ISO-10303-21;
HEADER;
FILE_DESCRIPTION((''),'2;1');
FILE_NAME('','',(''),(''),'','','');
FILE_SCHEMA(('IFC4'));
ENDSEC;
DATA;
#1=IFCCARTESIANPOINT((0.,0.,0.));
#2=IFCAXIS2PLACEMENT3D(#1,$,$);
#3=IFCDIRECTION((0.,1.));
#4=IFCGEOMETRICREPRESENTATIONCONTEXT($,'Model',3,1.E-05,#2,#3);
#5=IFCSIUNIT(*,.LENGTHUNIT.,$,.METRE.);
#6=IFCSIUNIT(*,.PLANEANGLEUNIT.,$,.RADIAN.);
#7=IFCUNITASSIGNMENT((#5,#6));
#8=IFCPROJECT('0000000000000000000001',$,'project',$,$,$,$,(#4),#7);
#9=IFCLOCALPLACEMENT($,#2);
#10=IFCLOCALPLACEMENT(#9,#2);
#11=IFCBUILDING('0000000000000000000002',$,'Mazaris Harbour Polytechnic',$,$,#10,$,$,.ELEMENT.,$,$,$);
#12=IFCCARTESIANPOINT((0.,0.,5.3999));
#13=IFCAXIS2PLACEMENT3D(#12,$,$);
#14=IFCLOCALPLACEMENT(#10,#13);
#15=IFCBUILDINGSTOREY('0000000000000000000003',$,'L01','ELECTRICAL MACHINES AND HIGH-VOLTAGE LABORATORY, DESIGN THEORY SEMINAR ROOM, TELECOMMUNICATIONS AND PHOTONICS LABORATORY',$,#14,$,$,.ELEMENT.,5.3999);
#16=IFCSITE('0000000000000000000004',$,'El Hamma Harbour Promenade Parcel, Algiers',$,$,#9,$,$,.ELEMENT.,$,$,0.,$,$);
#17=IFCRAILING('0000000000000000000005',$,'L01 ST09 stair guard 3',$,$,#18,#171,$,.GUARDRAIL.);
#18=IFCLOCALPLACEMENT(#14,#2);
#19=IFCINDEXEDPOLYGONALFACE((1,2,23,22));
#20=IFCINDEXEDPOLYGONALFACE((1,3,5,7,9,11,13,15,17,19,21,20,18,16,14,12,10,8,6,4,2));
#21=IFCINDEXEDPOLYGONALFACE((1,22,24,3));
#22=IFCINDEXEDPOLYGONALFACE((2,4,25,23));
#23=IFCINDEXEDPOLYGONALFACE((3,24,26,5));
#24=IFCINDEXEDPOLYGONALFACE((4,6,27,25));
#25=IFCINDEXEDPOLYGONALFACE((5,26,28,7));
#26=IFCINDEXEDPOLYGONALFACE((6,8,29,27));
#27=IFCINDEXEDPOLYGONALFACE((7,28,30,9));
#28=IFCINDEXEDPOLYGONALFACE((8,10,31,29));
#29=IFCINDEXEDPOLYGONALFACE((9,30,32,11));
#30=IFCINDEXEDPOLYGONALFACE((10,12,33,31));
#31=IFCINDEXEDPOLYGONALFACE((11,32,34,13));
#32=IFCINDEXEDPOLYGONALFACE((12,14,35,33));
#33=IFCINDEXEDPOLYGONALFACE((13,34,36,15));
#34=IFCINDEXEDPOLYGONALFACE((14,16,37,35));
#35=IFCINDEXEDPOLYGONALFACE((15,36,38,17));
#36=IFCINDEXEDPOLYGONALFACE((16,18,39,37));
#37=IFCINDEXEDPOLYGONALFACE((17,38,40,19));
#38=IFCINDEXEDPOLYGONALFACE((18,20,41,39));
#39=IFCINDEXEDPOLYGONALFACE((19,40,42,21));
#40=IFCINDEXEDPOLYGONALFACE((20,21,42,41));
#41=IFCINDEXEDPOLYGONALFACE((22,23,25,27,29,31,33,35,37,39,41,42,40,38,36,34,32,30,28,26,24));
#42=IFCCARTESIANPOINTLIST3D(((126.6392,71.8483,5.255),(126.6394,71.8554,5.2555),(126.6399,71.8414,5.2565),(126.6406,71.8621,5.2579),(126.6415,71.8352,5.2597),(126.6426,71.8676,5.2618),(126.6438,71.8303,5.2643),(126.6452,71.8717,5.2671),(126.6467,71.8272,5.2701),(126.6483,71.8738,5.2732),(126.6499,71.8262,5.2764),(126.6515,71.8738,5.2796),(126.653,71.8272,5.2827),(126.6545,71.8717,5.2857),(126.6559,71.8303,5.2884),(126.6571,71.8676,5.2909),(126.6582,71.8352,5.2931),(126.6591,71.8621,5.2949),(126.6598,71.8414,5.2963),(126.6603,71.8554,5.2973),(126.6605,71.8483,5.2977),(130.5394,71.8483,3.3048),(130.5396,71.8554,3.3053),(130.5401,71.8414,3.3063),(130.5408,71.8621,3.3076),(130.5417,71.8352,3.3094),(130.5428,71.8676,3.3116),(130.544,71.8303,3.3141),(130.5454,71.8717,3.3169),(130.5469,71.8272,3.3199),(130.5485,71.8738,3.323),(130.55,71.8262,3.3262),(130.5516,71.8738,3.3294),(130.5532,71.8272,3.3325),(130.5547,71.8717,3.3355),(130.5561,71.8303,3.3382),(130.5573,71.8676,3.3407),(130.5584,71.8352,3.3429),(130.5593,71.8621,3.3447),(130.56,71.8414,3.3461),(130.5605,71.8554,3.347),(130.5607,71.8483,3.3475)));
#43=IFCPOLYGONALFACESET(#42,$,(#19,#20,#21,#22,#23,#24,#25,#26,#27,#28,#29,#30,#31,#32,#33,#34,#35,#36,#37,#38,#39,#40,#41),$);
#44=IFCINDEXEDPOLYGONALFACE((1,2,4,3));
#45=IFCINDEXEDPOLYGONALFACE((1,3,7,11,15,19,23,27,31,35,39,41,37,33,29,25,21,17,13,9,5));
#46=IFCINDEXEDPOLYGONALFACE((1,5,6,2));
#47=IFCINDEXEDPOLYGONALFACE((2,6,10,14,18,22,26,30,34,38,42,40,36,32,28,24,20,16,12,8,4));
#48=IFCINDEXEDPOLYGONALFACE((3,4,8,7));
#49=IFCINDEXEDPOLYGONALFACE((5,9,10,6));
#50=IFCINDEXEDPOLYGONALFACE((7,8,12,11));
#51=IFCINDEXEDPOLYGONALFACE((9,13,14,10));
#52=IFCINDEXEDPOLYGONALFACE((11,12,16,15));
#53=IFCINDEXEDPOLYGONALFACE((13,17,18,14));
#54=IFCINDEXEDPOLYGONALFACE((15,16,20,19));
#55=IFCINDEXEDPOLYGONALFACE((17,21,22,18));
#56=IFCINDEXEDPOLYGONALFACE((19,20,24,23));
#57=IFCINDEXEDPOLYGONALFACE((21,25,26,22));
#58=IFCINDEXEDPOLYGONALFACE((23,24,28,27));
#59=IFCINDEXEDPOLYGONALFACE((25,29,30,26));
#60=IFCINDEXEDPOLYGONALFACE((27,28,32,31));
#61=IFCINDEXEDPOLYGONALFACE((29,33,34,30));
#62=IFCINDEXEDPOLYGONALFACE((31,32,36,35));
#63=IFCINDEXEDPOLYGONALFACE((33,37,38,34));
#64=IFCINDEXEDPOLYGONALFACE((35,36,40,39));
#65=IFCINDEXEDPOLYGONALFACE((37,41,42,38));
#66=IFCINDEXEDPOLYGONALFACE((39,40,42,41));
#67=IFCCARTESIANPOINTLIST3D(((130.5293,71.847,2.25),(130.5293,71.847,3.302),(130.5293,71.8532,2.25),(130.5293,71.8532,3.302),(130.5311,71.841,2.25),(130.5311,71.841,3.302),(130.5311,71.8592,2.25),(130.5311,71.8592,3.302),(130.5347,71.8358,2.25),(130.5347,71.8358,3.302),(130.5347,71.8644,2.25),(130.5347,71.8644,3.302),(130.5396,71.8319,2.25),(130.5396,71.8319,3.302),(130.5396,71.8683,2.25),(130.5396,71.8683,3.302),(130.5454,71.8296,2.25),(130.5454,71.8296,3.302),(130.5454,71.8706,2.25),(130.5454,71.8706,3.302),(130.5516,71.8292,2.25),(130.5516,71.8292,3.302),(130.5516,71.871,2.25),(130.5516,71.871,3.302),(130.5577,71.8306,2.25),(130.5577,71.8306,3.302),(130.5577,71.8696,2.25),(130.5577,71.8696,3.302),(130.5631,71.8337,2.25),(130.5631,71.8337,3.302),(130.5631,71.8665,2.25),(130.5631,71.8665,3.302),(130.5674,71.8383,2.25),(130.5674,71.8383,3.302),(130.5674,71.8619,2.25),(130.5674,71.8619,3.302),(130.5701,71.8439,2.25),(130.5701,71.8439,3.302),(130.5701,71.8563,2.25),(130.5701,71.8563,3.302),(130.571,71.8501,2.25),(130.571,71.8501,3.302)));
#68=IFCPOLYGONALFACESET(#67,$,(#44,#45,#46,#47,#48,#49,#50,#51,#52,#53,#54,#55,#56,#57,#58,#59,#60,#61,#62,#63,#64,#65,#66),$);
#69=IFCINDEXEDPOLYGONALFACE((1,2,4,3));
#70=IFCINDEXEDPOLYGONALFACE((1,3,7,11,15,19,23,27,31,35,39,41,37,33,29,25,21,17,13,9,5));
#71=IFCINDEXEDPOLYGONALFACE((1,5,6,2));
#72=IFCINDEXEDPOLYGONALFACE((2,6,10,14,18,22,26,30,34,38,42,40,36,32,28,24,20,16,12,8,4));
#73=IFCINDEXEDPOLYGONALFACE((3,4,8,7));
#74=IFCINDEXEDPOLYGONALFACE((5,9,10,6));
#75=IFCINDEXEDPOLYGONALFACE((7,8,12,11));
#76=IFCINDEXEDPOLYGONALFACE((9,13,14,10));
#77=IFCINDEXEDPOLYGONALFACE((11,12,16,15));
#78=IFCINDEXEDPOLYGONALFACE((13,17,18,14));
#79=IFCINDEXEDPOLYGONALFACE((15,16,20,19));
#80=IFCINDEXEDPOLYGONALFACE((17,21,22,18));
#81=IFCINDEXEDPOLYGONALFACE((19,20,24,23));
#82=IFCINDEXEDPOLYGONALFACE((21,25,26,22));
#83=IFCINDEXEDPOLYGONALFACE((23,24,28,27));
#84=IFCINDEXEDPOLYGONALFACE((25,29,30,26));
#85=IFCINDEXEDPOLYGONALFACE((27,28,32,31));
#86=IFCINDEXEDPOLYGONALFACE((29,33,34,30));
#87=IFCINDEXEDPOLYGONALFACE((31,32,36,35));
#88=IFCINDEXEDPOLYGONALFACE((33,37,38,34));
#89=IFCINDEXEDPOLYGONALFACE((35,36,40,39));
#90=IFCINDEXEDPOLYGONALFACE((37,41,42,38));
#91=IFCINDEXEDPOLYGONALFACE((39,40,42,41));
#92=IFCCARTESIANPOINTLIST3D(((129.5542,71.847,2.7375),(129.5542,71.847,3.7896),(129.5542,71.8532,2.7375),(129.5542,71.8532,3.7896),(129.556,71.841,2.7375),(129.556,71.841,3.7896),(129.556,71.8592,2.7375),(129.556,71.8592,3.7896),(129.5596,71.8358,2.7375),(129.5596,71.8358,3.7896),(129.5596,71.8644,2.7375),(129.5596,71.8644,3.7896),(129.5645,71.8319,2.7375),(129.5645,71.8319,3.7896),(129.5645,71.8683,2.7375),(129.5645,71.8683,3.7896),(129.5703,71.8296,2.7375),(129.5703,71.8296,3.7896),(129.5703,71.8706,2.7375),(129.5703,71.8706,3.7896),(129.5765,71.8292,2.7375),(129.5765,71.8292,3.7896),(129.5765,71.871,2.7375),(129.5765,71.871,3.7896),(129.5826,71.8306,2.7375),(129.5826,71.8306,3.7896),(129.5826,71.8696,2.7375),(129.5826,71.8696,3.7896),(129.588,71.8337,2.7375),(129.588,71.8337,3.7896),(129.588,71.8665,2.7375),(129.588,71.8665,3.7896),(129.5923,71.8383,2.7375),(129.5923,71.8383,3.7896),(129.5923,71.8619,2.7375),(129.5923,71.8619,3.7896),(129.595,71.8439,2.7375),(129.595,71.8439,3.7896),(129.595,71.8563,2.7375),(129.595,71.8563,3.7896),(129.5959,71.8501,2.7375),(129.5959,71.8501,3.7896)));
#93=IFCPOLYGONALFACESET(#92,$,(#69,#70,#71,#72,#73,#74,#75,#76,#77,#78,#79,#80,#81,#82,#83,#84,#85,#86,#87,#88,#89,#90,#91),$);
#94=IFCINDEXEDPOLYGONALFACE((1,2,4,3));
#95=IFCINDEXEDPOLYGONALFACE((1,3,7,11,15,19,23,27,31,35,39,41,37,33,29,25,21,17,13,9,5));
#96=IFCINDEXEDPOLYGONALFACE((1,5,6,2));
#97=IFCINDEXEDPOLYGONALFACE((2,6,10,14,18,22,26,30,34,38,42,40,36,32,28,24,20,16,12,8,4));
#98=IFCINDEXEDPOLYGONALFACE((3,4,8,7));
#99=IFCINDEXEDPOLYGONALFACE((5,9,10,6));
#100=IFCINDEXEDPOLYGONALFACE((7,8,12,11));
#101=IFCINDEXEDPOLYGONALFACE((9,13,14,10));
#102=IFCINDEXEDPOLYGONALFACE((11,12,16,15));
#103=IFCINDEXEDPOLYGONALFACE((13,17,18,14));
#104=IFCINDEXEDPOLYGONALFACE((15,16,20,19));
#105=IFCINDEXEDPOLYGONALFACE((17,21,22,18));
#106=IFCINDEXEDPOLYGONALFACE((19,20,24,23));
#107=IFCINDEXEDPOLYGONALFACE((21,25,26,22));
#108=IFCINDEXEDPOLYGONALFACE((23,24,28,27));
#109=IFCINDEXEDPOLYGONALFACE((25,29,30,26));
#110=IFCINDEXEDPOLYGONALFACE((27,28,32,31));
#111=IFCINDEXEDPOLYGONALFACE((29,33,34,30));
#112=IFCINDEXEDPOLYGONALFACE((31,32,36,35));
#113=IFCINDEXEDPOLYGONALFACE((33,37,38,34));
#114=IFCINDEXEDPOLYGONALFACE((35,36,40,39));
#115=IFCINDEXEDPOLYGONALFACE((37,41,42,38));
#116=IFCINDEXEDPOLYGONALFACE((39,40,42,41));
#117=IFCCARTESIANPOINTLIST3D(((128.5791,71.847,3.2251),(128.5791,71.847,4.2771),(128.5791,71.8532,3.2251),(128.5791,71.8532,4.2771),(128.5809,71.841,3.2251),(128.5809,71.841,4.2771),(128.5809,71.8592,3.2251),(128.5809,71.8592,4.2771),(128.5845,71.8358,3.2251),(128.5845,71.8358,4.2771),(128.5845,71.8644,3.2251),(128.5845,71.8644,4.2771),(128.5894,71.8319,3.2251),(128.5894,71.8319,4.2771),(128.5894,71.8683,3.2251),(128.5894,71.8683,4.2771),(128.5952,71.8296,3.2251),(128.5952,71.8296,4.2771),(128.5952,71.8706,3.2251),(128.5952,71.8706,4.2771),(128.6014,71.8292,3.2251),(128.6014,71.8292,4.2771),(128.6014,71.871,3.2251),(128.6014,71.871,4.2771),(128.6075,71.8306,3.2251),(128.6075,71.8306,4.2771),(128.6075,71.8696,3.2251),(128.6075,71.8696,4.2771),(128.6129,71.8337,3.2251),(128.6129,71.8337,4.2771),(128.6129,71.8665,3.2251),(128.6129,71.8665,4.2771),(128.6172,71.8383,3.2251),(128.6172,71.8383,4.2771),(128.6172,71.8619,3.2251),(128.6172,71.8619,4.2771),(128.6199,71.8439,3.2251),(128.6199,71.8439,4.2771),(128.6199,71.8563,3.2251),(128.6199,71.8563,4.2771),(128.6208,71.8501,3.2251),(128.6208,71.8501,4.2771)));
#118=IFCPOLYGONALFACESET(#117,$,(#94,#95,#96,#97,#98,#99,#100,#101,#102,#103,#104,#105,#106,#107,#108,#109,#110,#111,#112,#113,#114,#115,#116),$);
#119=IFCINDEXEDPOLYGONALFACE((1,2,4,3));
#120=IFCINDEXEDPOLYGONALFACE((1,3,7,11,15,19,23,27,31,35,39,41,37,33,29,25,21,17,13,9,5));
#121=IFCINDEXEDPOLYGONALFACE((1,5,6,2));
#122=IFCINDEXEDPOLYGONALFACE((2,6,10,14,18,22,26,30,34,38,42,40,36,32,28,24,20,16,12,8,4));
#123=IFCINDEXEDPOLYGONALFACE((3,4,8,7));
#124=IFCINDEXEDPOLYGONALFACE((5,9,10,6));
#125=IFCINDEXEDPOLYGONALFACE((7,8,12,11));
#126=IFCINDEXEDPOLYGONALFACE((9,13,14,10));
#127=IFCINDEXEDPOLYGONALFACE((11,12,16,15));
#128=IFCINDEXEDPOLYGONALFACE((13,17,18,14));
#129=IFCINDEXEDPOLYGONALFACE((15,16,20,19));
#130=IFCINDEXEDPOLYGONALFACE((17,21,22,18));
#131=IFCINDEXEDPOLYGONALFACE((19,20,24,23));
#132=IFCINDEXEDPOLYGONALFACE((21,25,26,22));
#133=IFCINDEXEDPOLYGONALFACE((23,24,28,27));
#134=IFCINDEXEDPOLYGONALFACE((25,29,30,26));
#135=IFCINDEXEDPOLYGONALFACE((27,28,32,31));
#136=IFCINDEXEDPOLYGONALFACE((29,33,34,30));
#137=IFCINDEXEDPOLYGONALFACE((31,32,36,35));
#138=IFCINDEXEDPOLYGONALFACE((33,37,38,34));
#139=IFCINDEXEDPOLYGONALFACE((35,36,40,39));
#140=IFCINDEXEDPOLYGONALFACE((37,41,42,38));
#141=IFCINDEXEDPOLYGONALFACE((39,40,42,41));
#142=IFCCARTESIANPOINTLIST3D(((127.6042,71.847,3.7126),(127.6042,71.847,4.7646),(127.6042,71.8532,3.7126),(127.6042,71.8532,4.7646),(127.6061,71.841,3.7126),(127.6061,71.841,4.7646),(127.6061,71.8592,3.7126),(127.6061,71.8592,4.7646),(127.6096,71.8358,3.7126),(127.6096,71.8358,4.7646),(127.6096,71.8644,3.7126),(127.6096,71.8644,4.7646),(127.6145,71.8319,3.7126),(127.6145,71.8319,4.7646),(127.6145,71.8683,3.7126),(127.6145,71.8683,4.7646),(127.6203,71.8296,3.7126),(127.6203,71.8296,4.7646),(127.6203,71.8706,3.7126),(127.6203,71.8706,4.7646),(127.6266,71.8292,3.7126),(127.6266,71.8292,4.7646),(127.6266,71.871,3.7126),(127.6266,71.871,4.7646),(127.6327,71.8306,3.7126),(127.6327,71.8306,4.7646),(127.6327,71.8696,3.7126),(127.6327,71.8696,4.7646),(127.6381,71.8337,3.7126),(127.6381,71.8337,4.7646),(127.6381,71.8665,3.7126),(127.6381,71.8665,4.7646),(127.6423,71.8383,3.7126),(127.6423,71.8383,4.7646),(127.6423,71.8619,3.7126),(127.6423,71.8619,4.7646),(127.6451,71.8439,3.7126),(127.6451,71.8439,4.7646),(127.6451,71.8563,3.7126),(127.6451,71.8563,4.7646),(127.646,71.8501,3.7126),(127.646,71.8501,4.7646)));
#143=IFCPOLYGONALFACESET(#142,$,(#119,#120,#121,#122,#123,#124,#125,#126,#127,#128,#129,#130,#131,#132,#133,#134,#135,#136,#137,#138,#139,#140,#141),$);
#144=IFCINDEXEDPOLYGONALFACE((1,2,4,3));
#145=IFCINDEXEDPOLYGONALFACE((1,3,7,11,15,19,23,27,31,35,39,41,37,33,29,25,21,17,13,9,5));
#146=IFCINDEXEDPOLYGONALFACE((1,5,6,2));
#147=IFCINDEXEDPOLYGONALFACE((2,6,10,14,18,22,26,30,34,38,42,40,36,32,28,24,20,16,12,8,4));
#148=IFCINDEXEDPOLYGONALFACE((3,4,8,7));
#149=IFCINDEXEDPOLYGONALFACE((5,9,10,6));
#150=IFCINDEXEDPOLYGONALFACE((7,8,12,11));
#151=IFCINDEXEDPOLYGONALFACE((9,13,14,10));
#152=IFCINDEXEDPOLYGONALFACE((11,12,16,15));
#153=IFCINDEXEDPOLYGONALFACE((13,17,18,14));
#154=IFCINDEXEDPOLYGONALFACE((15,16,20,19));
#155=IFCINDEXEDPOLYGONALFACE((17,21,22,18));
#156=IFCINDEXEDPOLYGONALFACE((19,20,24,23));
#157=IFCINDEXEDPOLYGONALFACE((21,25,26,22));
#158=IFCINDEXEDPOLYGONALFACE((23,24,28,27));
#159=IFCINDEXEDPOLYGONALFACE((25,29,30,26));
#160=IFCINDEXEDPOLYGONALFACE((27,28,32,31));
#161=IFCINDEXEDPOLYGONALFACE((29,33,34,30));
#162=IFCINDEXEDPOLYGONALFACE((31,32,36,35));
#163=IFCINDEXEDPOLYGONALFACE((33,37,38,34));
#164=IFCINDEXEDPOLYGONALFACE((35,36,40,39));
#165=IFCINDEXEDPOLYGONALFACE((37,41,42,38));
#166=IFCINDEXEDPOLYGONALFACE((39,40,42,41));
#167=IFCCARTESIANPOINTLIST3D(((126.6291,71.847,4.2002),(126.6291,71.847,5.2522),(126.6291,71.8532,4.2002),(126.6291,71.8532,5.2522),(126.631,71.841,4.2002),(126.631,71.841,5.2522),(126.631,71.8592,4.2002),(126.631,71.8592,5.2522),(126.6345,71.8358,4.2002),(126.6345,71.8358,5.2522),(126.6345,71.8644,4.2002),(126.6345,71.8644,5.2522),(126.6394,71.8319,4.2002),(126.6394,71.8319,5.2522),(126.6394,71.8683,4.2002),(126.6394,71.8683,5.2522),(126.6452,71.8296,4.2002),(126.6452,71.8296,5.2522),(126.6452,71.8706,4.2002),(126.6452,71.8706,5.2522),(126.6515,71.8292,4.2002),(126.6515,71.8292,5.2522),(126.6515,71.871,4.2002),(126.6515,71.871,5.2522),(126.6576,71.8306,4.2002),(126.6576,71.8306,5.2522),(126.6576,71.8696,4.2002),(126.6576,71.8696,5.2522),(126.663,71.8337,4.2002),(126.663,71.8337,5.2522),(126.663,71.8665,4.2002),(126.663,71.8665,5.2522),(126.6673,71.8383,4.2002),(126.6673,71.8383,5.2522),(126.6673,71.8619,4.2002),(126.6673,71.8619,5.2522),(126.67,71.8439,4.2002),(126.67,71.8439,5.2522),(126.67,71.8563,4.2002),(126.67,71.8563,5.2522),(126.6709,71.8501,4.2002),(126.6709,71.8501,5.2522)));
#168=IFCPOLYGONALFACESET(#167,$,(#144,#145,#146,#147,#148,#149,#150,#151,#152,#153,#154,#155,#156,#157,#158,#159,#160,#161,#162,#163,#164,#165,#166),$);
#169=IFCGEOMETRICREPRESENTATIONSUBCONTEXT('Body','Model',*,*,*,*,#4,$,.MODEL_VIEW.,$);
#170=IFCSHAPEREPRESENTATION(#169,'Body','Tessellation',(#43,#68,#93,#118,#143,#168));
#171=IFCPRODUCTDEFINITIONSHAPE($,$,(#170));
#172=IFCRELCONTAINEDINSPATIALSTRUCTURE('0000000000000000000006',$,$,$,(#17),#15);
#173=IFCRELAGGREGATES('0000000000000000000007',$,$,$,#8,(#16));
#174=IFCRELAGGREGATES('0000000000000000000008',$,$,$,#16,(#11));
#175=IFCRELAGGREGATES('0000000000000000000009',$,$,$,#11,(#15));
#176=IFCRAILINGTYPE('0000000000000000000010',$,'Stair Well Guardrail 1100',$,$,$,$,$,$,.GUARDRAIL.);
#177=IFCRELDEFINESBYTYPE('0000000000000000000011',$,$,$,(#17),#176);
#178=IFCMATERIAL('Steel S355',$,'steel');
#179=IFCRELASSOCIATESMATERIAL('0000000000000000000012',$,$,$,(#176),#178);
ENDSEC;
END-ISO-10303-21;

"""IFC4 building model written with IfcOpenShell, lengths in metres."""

from ifc_helpers import new_model, si_unit, direction, frame, origin, origin_2d, place, context, subcontext, project, spatial, circle, extrude, material, type_object, element, save


model = new_model("IFC4")

# Units and contexts
model_context = context("Model", 3, precision=1e-05, world=origin(), true_north=direction((0.0, 1.0)))
body_context = subcontext(model_context, "Body", "Model", "MODEL_VIEW")
ifc_project = project(units=[si_unit("LENGTHUNIT", "METRE"), si_unit("PLANEANGLEUNIT", "RADIAN")], contexts=[model_context])

# Site, building, storey
site_placement = place(None, origin())
site = spatial("IfcSite", under=ifc_project, at=site_placement, Name="El Hamma Harbour Promenade Parcel, Algiers", CompositionType="ELEMENT", RefElevation=0.0)
building_placement = place(site_placement, origin())
building = spatial("IfcBuilding", under=site, at=building_placement, Name="Mazaris Harbour Polytechnic", CompositionType="ELEMENT")
storey_placement = place(building_placement, frame((0.0, 0.0, 5.3999)))
storey = spatial("IfcBuildingStorey", under=building, at=storey_placement, Name="L01", Description="ELECTRICAL MACHINES AND HIGH-VOLTAGE LABORATORY, DESIGN THEORY SEMINAR ROOM, TELECOMMUNICATIONS AND PHOTONICS LABORATORY", CompositionType="ELEMENT", Elevation=5.3999)

# Railing
ifc_material_1 = material(Name="Steel S355", Category="steel")
railing_type_1 = type_object("IfcRailingType", Name="Stair Well Guardrail 1100", PredefinedType="GUARDRAIL", material=ifc_material_1)
railing_1_placement = place(storey_placement, frame((130.55, 71.8501, 2.25)))
element("IfcRailing", 1, at=railing_1_placement, inside=storey, type_object=railing_type_1, Name="L01 ST09 stair guard 3", PredefinedType="GUARDRAIL", context=body_context, shape_type="SweptSolid", body=[
    extrude(circle(Radius=0.0239, at=origin_2d()), frame((0.0, 0.0, 1.0762), z_axis=(-0.894416, 0.0, 0.447236), x_axis=(0.0, -1.0, 0.0)), (0.0, 0.0, 1.0), 4.3606),
    extrude(circle(Radius=0.021, at=origin_2d()), origin(), (0.0, 0.0, 1.0), 1.052),
    extrude(circle(Radius=0.021, at=origin_2d()), frame((-0.9751, 0.0, 0.4875)), (0.0, 0.0, 1.0), 1.052),
    extrude(circle(Radius=0.021, at=origin_2d()), frame((-1.9502, 0.0, 0.9751)), (0.0, 0.0, 1.0), 1.052),
    extrude(circle(Radius=0.021, at=origin_2d()), frame((-2.925, 0.0, 1.4626)), (0.0, 0.0, 1.0), 1.052),
    extrude(circle(Radius=0.021, at=origin_2d()), frame((-3.9001, 0.0, 1.9502)), (0.0, 0.0, 1.0), 1.052),
])

save(model, "model.ifc")
